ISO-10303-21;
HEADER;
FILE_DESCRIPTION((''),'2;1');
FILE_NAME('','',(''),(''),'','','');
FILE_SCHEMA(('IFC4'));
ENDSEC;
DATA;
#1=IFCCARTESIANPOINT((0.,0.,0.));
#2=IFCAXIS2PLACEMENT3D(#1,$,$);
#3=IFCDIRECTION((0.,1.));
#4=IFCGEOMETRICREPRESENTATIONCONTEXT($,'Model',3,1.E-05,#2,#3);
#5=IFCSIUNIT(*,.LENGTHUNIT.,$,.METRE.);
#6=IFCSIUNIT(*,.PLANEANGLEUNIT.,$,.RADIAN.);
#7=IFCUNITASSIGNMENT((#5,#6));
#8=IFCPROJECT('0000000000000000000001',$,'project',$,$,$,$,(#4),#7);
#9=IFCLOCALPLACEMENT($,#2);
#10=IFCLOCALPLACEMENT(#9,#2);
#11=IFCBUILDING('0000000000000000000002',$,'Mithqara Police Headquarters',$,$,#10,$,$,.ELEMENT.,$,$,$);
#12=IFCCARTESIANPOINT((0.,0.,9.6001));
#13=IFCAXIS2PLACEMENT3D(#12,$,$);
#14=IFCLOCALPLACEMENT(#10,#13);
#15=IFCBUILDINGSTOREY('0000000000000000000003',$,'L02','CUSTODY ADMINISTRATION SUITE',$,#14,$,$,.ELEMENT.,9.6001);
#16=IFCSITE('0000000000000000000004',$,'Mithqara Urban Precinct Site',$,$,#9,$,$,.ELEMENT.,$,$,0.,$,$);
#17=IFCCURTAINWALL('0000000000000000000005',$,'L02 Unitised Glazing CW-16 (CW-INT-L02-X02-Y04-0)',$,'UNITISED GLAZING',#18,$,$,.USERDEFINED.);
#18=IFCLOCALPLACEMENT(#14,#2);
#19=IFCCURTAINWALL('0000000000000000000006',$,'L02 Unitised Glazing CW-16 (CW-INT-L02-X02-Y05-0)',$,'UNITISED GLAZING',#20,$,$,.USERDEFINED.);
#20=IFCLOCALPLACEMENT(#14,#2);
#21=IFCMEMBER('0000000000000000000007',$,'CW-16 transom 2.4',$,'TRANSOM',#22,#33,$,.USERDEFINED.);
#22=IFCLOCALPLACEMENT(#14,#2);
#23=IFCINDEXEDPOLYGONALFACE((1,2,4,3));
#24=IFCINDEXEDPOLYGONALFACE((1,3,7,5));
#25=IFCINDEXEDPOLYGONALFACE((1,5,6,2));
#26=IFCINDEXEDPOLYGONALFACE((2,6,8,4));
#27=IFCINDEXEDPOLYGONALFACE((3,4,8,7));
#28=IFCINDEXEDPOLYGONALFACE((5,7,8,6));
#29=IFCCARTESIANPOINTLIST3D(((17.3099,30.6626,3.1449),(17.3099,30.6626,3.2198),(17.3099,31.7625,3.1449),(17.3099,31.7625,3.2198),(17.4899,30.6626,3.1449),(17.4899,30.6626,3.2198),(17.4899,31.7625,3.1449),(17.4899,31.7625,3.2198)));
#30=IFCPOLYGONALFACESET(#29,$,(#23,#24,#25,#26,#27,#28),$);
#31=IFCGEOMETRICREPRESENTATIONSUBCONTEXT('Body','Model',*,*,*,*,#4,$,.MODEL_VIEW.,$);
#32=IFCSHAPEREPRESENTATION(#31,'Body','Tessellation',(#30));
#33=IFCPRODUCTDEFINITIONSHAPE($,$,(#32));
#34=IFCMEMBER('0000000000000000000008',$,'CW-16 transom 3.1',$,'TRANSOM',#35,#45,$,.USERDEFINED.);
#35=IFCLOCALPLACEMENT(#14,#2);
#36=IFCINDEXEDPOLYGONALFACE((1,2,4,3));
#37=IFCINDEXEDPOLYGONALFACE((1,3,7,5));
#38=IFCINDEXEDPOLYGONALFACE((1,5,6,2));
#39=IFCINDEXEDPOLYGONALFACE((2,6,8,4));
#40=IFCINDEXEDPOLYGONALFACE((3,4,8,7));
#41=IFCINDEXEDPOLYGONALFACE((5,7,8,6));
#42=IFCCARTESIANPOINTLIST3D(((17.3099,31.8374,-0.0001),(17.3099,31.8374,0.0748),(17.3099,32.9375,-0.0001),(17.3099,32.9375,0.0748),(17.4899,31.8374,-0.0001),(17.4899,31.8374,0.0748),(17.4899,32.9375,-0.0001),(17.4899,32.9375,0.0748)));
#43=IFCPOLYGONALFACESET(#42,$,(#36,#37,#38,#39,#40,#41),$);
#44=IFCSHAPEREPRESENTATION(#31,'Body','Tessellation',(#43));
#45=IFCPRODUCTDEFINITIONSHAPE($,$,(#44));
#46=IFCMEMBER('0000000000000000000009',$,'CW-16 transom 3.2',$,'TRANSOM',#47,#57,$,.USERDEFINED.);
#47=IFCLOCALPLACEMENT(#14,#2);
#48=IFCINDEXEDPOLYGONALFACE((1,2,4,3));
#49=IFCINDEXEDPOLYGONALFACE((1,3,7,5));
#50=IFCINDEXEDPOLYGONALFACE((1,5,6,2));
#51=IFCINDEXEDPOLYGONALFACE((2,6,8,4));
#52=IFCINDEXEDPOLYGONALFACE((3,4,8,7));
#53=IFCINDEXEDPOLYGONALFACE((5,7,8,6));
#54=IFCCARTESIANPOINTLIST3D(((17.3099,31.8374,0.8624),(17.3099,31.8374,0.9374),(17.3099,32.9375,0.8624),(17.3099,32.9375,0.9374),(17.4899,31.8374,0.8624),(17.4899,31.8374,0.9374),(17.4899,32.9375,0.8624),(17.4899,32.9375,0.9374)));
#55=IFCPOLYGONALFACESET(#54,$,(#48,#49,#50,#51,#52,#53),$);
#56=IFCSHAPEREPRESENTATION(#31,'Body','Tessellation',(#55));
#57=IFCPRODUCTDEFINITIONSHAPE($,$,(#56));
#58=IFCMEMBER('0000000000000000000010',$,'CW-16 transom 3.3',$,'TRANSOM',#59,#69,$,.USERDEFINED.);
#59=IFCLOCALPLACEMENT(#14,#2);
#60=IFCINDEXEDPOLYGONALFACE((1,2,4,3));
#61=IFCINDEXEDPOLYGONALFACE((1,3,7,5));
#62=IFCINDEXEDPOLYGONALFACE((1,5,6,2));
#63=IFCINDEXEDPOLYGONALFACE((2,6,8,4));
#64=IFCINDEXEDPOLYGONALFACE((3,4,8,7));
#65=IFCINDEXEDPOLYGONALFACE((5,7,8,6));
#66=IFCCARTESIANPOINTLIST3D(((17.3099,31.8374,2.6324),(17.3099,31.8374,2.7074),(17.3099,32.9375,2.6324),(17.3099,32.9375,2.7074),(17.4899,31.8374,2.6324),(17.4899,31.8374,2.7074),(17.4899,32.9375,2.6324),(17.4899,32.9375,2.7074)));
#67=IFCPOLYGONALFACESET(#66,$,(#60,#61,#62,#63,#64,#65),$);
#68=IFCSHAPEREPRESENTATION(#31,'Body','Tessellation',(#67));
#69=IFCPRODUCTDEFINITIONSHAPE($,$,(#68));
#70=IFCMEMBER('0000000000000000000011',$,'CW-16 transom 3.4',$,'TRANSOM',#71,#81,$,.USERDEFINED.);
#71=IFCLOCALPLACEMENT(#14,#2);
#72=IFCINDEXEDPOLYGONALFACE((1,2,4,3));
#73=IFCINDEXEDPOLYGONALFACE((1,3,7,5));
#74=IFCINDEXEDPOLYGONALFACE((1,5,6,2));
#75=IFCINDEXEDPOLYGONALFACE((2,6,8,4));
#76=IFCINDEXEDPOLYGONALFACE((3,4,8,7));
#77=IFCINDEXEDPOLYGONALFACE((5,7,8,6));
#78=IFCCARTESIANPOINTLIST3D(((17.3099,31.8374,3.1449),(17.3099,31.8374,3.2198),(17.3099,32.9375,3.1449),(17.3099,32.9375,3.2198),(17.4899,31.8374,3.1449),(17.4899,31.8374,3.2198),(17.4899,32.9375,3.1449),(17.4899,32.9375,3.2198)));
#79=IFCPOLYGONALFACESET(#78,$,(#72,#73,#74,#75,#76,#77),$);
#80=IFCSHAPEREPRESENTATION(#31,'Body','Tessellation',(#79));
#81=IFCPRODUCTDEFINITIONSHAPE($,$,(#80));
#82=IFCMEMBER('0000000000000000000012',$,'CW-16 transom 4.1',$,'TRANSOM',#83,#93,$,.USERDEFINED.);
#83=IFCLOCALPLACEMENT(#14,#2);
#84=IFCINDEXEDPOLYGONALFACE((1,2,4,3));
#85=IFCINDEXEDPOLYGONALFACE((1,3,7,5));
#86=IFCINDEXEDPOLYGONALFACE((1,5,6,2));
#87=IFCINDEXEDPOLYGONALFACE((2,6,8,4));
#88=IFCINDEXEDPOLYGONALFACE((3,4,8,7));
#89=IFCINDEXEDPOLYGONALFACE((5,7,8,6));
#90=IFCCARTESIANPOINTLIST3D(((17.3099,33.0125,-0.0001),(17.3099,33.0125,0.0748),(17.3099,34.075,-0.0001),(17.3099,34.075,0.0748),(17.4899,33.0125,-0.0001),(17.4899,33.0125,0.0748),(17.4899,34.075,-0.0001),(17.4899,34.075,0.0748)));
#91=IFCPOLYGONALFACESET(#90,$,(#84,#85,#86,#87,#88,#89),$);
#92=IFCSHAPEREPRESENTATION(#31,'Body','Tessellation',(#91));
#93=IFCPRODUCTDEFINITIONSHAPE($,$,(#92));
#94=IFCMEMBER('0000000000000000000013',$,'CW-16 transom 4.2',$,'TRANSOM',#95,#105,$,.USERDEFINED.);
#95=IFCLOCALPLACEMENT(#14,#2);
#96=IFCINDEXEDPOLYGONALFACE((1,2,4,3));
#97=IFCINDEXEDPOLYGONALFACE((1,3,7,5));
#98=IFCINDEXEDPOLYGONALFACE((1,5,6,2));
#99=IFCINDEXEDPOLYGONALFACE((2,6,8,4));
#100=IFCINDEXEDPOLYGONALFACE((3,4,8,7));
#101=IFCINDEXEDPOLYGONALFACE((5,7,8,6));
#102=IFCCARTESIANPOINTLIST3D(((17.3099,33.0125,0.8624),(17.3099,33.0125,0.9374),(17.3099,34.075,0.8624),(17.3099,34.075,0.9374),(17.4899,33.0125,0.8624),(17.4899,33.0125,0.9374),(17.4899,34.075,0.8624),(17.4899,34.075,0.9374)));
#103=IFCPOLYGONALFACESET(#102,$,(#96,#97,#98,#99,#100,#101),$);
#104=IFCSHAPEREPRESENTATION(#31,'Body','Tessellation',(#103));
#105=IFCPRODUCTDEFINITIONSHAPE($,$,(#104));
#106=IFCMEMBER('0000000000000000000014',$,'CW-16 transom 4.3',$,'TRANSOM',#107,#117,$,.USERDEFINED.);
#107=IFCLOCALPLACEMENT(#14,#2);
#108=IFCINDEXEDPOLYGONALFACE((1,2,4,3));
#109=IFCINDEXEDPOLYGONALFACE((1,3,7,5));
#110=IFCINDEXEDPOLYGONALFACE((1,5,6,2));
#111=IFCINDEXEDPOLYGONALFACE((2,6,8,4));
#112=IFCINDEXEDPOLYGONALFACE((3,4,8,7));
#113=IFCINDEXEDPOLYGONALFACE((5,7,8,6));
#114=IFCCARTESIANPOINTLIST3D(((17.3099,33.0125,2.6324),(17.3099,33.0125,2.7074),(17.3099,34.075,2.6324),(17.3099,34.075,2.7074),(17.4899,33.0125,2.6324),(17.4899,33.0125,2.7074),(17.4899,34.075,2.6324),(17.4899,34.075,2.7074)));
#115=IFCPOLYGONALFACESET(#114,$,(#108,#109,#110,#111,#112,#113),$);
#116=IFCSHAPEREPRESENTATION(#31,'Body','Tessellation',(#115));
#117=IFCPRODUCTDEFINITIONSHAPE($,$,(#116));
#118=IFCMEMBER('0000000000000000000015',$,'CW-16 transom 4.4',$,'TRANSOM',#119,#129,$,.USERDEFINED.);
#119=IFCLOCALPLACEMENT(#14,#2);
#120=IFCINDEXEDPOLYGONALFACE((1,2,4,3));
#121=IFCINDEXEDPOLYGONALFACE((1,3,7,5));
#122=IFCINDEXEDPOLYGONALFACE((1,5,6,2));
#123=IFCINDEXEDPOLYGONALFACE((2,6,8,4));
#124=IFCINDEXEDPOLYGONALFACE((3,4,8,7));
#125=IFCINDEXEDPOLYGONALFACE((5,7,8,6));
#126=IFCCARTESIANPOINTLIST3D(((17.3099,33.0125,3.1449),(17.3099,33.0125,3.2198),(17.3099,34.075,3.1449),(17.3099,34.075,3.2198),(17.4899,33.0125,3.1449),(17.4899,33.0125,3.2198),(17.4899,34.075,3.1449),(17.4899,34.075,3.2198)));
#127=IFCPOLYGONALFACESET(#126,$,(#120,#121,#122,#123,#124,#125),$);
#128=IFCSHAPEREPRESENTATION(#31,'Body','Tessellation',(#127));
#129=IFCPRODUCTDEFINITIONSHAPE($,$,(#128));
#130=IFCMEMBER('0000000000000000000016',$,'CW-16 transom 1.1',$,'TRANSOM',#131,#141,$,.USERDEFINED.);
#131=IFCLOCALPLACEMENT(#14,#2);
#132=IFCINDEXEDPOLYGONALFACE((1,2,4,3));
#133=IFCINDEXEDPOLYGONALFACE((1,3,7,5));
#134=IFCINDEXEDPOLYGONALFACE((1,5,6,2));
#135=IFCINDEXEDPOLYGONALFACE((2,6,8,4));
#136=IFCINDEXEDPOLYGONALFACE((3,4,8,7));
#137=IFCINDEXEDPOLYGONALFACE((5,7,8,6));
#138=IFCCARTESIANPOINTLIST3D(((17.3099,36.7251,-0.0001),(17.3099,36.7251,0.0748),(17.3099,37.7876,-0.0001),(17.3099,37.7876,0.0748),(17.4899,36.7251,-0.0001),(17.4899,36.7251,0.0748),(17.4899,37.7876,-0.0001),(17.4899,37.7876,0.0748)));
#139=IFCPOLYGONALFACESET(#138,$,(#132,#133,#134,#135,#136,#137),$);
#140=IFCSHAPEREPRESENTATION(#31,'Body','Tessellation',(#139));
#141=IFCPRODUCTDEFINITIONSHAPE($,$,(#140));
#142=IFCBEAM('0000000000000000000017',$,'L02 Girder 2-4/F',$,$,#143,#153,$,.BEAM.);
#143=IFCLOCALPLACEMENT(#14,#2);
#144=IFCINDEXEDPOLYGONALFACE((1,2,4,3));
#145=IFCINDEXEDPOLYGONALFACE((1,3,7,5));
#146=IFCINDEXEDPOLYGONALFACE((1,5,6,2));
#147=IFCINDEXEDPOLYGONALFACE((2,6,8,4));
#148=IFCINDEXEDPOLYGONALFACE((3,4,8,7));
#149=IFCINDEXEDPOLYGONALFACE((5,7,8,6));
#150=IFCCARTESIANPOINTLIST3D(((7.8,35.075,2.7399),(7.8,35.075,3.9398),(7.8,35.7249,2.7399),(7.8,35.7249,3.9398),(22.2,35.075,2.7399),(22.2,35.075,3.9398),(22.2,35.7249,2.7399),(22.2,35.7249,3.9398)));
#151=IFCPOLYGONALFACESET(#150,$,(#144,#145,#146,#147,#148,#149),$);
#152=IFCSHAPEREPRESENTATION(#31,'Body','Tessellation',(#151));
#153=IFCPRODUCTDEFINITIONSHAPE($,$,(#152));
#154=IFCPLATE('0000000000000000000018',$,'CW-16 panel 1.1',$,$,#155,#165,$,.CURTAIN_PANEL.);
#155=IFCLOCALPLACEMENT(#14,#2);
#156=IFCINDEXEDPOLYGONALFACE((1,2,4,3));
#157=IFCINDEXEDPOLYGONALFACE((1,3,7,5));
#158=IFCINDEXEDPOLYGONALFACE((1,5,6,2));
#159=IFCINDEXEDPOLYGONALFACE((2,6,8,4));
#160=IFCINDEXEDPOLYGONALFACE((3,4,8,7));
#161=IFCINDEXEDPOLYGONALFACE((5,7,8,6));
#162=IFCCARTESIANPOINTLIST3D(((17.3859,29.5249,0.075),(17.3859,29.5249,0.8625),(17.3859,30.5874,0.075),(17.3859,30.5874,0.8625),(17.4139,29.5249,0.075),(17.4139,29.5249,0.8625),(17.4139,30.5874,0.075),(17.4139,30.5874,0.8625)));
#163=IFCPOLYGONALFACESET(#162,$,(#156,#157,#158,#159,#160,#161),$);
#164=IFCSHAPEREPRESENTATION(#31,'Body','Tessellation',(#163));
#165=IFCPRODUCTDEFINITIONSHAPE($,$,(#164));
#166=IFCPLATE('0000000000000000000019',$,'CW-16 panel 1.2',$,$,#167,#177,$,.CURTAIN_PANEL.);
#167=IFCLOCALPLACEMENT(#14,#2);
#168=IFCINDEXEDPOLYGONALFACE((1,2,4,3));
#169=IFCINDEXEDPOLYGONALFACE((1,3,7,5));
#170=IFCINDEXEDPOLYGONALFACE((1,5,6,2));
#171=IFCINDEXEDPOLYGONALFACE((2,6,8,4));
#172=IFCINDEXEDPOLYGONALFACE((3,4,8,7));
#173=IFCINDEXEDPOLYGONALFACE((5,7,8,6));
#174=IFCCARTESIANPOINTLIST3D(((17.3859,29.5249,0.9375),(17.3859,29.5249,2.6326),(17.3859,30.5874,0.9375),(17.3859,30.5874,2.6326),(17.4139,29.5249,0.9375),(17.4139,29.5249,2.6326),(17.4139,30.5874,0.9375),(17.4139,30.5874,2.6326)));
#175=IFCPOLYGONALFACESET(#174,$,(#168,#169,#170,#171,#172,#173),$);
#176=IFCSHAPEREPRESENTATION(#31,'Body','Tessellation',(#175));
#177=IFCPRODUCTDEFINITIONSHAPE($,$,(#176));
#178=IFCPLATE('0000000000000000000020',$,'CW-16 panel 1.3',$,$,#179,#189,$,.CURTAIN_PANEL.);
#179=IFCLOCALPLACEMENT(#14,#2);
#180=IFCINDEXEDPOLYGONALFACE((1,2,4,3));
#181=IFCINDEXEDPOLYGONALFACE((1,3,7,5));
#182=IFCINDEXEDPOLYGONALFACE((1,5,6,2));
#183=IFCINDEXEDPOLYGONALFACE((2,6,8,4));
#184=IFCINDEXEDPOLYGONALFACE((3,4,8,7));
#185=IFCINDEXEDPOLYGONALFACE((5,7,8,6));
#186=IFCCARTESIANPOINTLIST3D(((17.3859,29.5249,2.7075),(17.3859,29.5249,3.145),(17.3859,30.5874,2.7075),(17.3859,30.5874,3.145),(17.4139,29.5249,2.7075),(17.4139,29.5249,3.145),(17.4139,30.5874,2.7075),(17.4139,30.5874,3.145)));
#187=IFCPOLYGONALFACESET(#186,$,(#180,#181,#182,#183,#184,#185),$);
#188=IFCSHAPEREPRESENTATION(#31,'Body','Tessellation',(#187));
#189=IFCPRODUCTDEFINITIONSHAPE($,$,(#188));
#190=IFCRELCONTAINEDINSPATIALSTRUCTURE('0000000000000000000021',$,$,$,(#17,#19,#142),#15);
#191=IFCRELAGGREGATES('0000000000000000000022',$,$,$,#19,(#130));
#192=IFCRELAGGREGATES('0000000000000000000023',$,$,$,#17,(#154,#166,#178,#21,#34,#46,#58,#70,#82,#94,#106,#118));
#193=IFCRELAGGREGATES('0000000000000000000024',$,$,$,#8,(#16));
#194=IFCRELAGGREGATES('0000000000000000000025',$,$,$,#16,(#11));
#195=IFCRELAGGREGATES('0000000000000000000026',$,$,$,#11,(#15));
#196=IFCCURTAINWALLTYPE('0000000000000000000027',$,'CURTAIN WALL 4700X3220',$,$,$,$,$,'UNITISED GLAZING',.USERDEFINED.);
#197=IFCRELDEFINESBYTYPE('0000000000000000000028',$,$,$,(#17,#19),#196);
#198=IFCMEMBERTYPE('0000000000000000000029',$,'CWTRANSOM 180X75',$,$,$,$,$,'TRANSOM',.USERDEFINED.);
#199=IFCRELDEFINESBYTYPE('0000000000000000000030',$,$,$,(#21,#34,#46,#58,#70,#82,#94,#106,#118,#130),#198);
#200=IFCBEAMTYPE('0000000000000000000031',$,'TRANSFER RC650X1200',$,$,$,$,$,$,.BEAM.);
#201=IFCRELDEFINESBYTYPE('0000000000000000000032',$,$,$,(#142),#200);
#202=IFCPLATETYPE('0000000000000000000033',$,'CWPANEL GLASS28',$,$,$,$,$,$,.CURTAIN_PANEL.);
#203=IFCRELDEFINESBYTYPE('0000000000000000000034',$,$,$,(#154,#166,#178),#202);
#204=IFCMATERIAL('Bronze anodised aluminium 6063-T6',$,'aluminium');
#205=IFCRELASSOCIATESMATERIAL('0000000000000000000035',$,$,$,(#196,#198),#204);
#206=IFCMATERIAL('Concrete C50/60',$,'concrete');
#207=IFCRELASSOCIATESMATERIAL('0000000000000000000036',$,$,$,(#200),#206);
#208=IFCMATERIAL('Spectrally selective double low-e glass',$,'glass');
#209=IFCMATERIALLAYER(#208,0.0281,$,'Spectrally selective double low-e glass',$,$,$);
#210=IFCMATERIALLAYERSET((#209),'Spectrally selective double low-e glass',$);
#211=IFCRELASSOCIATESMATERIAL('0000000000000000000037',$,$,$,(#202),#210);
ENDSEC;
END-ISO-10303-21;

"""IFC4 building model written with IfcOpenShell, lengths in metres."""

from ifc_helpers import new_model, si_unit, direction, frame, origin, origin_2d, place, context, subcontext, project, spatial, rectangle, extrude, material, layer, layer_set, material_profile, profile_set, type_object, element, aggregate, save


model = new_model("IFC4")

# Units and contexts
model_context = context("Model", 3, precision=1e-05, world=origin(), true_north=direction((0.0, 1.0)))
body_context = subcontext(model_context, "Body", "Model", "MODEL_VIEW")
ifc_project = project(units=[si_unit("LENGTHUNIT", "METRE"), si_unit("PLANEANGLEUNIT", "RADIAN")], contexts=[model_context])

# Site, building, storey
site_placement = place(None, origin())
site = spatial("IfcSite", under=ifc_project, at=site_placement, Name="Mithqara Urban Precinct Site", CompositionType="ELEMENT", RefElevation=0.0)
building_placement = place(site_placement, origin())
building = spatial("IfcBuilding", under=site, at=building_placement, Name="Mithqara Police Headquarters", CompositionType="ELEMENT")
storey_placement = place(building_placement, frame((0.0, 0.0, 9.6001)))
storey = spatial("IfcBuildingStorey", under=building, at=storey_placement, Name="L02", Description="CUSTODY ADMINISTRATION SUITE", CompositionType="ELEMENT", Elevation=9.6001)

# Shared definitions
ifc_material_1 = material(Name="Concrete C50/60", Category="concrete")

# Curtain wall
ifc_material_2 = material(Name="Bronze anodised aluminium 6063-T6", Category="aluminium")
curtain_wall_type = type_object("IfcCurtainWallType", Name="CURTAIN WALL 4700X3220", ElementType="UNITISED GLAZING", PredefinedType="USERDEFINED", material=ifc_material_2)
curtain_wall_1_placement = place(storey_placement, origin())
curtain_wall_1 = element("IfcCurtainWall", 1, at=curtain_wall_1_placement, inside=storey, type_object=curtain_wall_type, Name="L02 Unitised Glazing CW-16 (CW-INT-L02-X02-Y04-0)", ObjectType="UNITISED GLAZING", PredefinedType="USERDEFINED")

# Curtain wall
curtain_wall_2_placement = place(storey_placement, origin())
curtain_wall_2 = element("IfcCurtainWall", 2, at=curtain_wall_2_placement, inside=storey, type_object=curtain_wall_type, Name="L02 Unitised Glazing CW-16 (CW-INT-L02-X02-Y05-0)", ObjectType="UNITISED GLAZING", PredefinedType="USERDEFINED")

# Members
ifc_material_profile_1 = material_profile(ifc_material_2, rectangle(XDim=0.1799, YDim=0.075, at=origin_2d()), Name="CWT 180x75")
ifc_profile_set_1 = profile_set([ifc_material_profile_1], Name="Bronze anodised aluminium 6063-T6")
member_type_1 = type_object("IfcMemberType", Name="CWTRANSOM 180X75", ElementType="TRANSOM", PredefinedType="USERDEFINED", material=ifc_profile_set_1)
member_1_placement = place(storey_placement, frame((17.3999, 30.6626, 3.1824), z_axis=(0.0, 1.0, 0.0), x_axis=(-1.0, 0.0, 0.0)))
member_1 = element("IfcMember", 3, at=member_1_placement, type_object=member_type_1, Name="CW-16 transom 2.4", ObjectType="TRANSOM", PredefinedType="USERDEFINED", context=body_context, shape_type="SweptSolid", body=[
    extrude(rectangle(XDim=0.1799, YDim=0.075, at=origin_2d()), origin(), (0.0, 0.0, 1.0), 1.0999),
])
member_2_placement = place(storey_placement, frame((17.3999, 31.8374, 0.0374), z_axis=(0.0, 1.0, 0.0), x_axis=(-1.0, 0.0, 0.0)))
member_2 = element("IfcMember", 4, at=member_2_placement, type_object=member_type_1, Name="CW-16 transom 3.1", ObjectType="TRANSOM", PredefinedType="USERDEFINED", context=body_context, shape_type="SweptSolid", body=[
    extrude(rectangle(XDim=0.1799, YDim=0.075, at=origin_2d()), origin(), (0.0, 0.0, 1.0), 1.1001),
])
member_3_placement = place(storey_placement, frame((17.3999, 31.8374, 0.8999), z_axis=(0.0, 1.0, 0.0), x_axis=(-1.0, 0.0, 0.0)))
member_3 = element("IfcMember", 5, at=member_3_placement, type_object=member_type_1, Name="CW-16 transom 3.2", ObjectType="TRANSOM", PredefinedType="USERDEFINED", context=body_context, shape_type="SweptSolid", body=[
    extrude(rectangle(XDim=0.1799, YDim=0.075, at=origin_2d()), origin(), (0.0, 0.0, 1.0), 1.1001),
])
member_4_placement = place(storey_placement, frame((17.3999, 31.8374, 2.6699), z_axis=(0.0, 1.0, 0.0), x_axis=(-1.0, 0.0, 0.0)))
member_4 = element("IfcMember", 6, at=member_4_placement, type_object=member_type_1, Name="CW-16 transom 3.3", ObjectType="TRANSOM", PredefinedType="USERDEFINED", context=body_context, shape_type="SweptSolid", body=[
    extrude(rectangle(XDim=0.1799, YDim=0.075, at=origin_2d()), origin(), (0.0, 0.0, 1.0), 1.1001),
])
member_5_placement = place(storey_placement, frame((17.3999, 31.8374, 3.1824), z_axis=(0.0, 1.0, 0.0), x_axis=(-1.0, 0.0, 0.0)))
member_5 = element("IfcMember", 7, at=member_5_placement, type_object=member_type_1, Name="CW-16 transom 3.4", ObjectType="TRANSOM", PredefinedType="USERDEFINED", context=body_context, shape_type="SweptSolid", body=[
    extrude(rectangle(XDim=0.1799, YDim=0.075, at=origin_2d()), origin(), (0.0, 0.0, 1.0), 1.1001),
])
member_6_placement = place(storey_placement, frame((17.3999, 33.0125, 0.0374), z_axis=(0.0, 1.0, 0.0), x_axis=(-1.0, 0.0, 0.0)))
member_6 = element("IfcMember", 8, at=member_6_placement, type_object=member_type_1, Name="CW-16 transom 4.1", ObjectType="TRANSOM", PredefinedType="USERDEFINED", context=body_context, shape_type="SweptSolid", body=[
    extrude(rectangle(XDim=0.1799, YDim=0.075, at=origin_2d()), origin(), (0.0, 0.0, 1.0), 1.0625),
])
member_7_placement = place(storey_placement, frame((17.3999, 33.0125, 0.8999), z_axis=(0.0, 1.0, 0.0), x_axis=(-1.0, 0.0, 0.0)))
member_7 = element("IfcMember", 9, at=member_7_placement, type_object=member_type_1, Name="CW-16 transom 4.2", ObjectType="TRANSOM", PredefinedType="USERDEFINED", context=body_context, shape_type="SweptSolid", body=[
    extrude(rectangle(XDim=0.1799, YDim=0.075, at=origin_2d()), origin(), (0.0, 0.0, 1.0), 1.0625),
])
member_8_placement = place(storey_placement, frame((17.3999, 33.0125, 2.6699), z_axis=(0.0, 1.0, 0.0), x_axis=(-1.0, 0.0, 0.0)))
member_8 = element("IfcMember", 10, at=member_8_placement, type_object=member_type_1, Name="CW-16 transom 4.3", ObjectType="TRANSOM", PredefinedType="USERDEFINED", context=body_context, shape_type="SweptSolid", body=[
    extrude(rectangle(XDim=0.1799, YDim=0.075, at=origin_2d()), origin(), (0.0, 0.0, 1.0), 1.0625),
])
member_9_placement = place(storey_placement, frame((17.3999, 33.0125, 3.1824), z_axis=(0.0, 1.0, 0.0), x_axis=(-1.0, 0.0, 0.0)))
member_9 = element("IfcMember", 11, at=member_9_placement, type_object=member_type_1, Name="CW-16 transom 4.4", ObjectType="TRANSOM", PredefinedType="USERDEFINED", context=body_context, shape_type="SweptSolid", body=[
    extrude(rectangle(XDim=0.1799, YDim=0.075, at=origin_2d()), origin(), (0.0, 0.0, 1.0), 1.0625),
])
member_10_placement = place(storey_placement, frame((17.3999, 36.7251, 0.0374), z_axis=(0.0, 1.0, 0.0), x_axis=(-1.0, 0.0, 0.0)))
member_10 = element("IfcMember", 12, at=member_10_placement, type_object=member_type_1, Name="CW-16 transom 1.1", ObjectType="TRANSOM", PredefinedType="USERDEFINED", context=body_context, shape_type="SweptSolid", body=[
    extrude(rectangle(XDim=0.1799, YDim=0.075, at=origin_2d()), origin(), (0.0, 0.0, 1.0), 1.0625),
])
aggregate(curtain_wall_2, [member_10])

# Beam
ifc_material_profile_2 = material_profile(ifc_material_1, rectangle(XDim=0.6499, YDim=1.2, at=origin_2d()), Name="RC 650x1200")
ifc_profile_set_2 = profile_set([ifc_material_profile_2], Name="Concrete C50/60")
beam_type_1 = type_object("IfcBeamType", Name="TRANSFER RC650X1200", PredefinedType="BEAM", material=ifc_profile_set_2)
beam_1_placement = place(storey_placement, frame((7.8, 35.3999, 3.3398), z_axis=(1.0, 0.0, 0.0), x_axis=(0.0, 1.0, 0.0)))
element("IfcBeam", 13, at=beam_1_placement, inside=storey, type_object=beam_type_1, Name="L02 Girder 2-4/F", PredefinedType="BEAM", context=body_context, shape_type="SweptSolid", body=[
    extrude(rectangle(XDim=0.6499, YDim=1.2, at=origin_2d()), origin(), (0.0, 0.0, 1.0), 14.3999),
])

# Plates
ifc_material_3 = material(Name="Spectrally selective double low-e glass", Category="glass")
ifc_layer_1 = layer(ifc_material_3, 0.0281, Name="Spectrally selective double low-e glass")
ifc_layer_set_1 = layer_set([ifc_layer_1], Name="Spectrally selective double low-e glass")
plate_type = type_object("IfcPlateType", Name="CWPANEL GLASS28", PredefinedType="CURTAIN_PANEL", material=ifc_layer_set_1)
plate_1_placement = place(storey_placement, frame((17.3999, 30.0562, 0.075), z_axis=(0.0, 0.0, 1.0), x_axis=(0.0, 1.0, 0.0)))
plate_1 = element("IfcPlate", 14, at=plate_1_placement, type_object=plate_type, Name="CW-16 panel 1.1", PredefinedType="CURTAIN_PANEL", context=body_context, shape_type="SweptSolid", body=[
    extrude(rectangle(XDim=1.0625, YDim=0.0281, at=origin_2d()), origin(), (0.0, 0.0, 1.0), 0.7876),
])
plate_2_placement = place(storey_placement, frame((17.3999, 30.0562, 0.9375), z_axis=(0.0, 0.0, 1.0), x_axis=(0.0, 1.0, 0.0)))
plate_2 = element("IfcPlate", 15, at=plate_2_placement, type_object=plate_type, Name="CW-16 panel 1.2", PredefinedType="CURTAIN_PANEL", context=body_context, shape_type="SweptSolid", body=[
    extrude(rectangle(XDim=1.0625, YDim=0.0281, at=origin_2d()), origin(), (0.0, 0.0, 1.0), 1.6951),
])
plate_3_placement = place(storey_placement, frame((17.3999, 30.0562, 2.7075), z_axis=(0.0, 0.0, 1.0), x_axis=(0.0, 1.0, 0.0)))
plate_3 = element("IfcPlate", 16, at=plate_3_placement, type_object=plate_type, Name="CW-16 panel 1.3", PredefinedType="CURTAIN_PANEL", context=body_context, shape_type="SweptSolid", body=[
    extrude(rectangle(XDim=1.0625, YDim=0.0281, at=origin_2d()), origin(), (0.0, 0.0, 1.0), 0.4375),
])
aggregate(curtain_wall_1, [plate_1, plate_2, plate_3, member_1, member_2, member_3, member_4, member_5, member_6, member_7, member_8, member_9])

save(model, "model.ifc")
